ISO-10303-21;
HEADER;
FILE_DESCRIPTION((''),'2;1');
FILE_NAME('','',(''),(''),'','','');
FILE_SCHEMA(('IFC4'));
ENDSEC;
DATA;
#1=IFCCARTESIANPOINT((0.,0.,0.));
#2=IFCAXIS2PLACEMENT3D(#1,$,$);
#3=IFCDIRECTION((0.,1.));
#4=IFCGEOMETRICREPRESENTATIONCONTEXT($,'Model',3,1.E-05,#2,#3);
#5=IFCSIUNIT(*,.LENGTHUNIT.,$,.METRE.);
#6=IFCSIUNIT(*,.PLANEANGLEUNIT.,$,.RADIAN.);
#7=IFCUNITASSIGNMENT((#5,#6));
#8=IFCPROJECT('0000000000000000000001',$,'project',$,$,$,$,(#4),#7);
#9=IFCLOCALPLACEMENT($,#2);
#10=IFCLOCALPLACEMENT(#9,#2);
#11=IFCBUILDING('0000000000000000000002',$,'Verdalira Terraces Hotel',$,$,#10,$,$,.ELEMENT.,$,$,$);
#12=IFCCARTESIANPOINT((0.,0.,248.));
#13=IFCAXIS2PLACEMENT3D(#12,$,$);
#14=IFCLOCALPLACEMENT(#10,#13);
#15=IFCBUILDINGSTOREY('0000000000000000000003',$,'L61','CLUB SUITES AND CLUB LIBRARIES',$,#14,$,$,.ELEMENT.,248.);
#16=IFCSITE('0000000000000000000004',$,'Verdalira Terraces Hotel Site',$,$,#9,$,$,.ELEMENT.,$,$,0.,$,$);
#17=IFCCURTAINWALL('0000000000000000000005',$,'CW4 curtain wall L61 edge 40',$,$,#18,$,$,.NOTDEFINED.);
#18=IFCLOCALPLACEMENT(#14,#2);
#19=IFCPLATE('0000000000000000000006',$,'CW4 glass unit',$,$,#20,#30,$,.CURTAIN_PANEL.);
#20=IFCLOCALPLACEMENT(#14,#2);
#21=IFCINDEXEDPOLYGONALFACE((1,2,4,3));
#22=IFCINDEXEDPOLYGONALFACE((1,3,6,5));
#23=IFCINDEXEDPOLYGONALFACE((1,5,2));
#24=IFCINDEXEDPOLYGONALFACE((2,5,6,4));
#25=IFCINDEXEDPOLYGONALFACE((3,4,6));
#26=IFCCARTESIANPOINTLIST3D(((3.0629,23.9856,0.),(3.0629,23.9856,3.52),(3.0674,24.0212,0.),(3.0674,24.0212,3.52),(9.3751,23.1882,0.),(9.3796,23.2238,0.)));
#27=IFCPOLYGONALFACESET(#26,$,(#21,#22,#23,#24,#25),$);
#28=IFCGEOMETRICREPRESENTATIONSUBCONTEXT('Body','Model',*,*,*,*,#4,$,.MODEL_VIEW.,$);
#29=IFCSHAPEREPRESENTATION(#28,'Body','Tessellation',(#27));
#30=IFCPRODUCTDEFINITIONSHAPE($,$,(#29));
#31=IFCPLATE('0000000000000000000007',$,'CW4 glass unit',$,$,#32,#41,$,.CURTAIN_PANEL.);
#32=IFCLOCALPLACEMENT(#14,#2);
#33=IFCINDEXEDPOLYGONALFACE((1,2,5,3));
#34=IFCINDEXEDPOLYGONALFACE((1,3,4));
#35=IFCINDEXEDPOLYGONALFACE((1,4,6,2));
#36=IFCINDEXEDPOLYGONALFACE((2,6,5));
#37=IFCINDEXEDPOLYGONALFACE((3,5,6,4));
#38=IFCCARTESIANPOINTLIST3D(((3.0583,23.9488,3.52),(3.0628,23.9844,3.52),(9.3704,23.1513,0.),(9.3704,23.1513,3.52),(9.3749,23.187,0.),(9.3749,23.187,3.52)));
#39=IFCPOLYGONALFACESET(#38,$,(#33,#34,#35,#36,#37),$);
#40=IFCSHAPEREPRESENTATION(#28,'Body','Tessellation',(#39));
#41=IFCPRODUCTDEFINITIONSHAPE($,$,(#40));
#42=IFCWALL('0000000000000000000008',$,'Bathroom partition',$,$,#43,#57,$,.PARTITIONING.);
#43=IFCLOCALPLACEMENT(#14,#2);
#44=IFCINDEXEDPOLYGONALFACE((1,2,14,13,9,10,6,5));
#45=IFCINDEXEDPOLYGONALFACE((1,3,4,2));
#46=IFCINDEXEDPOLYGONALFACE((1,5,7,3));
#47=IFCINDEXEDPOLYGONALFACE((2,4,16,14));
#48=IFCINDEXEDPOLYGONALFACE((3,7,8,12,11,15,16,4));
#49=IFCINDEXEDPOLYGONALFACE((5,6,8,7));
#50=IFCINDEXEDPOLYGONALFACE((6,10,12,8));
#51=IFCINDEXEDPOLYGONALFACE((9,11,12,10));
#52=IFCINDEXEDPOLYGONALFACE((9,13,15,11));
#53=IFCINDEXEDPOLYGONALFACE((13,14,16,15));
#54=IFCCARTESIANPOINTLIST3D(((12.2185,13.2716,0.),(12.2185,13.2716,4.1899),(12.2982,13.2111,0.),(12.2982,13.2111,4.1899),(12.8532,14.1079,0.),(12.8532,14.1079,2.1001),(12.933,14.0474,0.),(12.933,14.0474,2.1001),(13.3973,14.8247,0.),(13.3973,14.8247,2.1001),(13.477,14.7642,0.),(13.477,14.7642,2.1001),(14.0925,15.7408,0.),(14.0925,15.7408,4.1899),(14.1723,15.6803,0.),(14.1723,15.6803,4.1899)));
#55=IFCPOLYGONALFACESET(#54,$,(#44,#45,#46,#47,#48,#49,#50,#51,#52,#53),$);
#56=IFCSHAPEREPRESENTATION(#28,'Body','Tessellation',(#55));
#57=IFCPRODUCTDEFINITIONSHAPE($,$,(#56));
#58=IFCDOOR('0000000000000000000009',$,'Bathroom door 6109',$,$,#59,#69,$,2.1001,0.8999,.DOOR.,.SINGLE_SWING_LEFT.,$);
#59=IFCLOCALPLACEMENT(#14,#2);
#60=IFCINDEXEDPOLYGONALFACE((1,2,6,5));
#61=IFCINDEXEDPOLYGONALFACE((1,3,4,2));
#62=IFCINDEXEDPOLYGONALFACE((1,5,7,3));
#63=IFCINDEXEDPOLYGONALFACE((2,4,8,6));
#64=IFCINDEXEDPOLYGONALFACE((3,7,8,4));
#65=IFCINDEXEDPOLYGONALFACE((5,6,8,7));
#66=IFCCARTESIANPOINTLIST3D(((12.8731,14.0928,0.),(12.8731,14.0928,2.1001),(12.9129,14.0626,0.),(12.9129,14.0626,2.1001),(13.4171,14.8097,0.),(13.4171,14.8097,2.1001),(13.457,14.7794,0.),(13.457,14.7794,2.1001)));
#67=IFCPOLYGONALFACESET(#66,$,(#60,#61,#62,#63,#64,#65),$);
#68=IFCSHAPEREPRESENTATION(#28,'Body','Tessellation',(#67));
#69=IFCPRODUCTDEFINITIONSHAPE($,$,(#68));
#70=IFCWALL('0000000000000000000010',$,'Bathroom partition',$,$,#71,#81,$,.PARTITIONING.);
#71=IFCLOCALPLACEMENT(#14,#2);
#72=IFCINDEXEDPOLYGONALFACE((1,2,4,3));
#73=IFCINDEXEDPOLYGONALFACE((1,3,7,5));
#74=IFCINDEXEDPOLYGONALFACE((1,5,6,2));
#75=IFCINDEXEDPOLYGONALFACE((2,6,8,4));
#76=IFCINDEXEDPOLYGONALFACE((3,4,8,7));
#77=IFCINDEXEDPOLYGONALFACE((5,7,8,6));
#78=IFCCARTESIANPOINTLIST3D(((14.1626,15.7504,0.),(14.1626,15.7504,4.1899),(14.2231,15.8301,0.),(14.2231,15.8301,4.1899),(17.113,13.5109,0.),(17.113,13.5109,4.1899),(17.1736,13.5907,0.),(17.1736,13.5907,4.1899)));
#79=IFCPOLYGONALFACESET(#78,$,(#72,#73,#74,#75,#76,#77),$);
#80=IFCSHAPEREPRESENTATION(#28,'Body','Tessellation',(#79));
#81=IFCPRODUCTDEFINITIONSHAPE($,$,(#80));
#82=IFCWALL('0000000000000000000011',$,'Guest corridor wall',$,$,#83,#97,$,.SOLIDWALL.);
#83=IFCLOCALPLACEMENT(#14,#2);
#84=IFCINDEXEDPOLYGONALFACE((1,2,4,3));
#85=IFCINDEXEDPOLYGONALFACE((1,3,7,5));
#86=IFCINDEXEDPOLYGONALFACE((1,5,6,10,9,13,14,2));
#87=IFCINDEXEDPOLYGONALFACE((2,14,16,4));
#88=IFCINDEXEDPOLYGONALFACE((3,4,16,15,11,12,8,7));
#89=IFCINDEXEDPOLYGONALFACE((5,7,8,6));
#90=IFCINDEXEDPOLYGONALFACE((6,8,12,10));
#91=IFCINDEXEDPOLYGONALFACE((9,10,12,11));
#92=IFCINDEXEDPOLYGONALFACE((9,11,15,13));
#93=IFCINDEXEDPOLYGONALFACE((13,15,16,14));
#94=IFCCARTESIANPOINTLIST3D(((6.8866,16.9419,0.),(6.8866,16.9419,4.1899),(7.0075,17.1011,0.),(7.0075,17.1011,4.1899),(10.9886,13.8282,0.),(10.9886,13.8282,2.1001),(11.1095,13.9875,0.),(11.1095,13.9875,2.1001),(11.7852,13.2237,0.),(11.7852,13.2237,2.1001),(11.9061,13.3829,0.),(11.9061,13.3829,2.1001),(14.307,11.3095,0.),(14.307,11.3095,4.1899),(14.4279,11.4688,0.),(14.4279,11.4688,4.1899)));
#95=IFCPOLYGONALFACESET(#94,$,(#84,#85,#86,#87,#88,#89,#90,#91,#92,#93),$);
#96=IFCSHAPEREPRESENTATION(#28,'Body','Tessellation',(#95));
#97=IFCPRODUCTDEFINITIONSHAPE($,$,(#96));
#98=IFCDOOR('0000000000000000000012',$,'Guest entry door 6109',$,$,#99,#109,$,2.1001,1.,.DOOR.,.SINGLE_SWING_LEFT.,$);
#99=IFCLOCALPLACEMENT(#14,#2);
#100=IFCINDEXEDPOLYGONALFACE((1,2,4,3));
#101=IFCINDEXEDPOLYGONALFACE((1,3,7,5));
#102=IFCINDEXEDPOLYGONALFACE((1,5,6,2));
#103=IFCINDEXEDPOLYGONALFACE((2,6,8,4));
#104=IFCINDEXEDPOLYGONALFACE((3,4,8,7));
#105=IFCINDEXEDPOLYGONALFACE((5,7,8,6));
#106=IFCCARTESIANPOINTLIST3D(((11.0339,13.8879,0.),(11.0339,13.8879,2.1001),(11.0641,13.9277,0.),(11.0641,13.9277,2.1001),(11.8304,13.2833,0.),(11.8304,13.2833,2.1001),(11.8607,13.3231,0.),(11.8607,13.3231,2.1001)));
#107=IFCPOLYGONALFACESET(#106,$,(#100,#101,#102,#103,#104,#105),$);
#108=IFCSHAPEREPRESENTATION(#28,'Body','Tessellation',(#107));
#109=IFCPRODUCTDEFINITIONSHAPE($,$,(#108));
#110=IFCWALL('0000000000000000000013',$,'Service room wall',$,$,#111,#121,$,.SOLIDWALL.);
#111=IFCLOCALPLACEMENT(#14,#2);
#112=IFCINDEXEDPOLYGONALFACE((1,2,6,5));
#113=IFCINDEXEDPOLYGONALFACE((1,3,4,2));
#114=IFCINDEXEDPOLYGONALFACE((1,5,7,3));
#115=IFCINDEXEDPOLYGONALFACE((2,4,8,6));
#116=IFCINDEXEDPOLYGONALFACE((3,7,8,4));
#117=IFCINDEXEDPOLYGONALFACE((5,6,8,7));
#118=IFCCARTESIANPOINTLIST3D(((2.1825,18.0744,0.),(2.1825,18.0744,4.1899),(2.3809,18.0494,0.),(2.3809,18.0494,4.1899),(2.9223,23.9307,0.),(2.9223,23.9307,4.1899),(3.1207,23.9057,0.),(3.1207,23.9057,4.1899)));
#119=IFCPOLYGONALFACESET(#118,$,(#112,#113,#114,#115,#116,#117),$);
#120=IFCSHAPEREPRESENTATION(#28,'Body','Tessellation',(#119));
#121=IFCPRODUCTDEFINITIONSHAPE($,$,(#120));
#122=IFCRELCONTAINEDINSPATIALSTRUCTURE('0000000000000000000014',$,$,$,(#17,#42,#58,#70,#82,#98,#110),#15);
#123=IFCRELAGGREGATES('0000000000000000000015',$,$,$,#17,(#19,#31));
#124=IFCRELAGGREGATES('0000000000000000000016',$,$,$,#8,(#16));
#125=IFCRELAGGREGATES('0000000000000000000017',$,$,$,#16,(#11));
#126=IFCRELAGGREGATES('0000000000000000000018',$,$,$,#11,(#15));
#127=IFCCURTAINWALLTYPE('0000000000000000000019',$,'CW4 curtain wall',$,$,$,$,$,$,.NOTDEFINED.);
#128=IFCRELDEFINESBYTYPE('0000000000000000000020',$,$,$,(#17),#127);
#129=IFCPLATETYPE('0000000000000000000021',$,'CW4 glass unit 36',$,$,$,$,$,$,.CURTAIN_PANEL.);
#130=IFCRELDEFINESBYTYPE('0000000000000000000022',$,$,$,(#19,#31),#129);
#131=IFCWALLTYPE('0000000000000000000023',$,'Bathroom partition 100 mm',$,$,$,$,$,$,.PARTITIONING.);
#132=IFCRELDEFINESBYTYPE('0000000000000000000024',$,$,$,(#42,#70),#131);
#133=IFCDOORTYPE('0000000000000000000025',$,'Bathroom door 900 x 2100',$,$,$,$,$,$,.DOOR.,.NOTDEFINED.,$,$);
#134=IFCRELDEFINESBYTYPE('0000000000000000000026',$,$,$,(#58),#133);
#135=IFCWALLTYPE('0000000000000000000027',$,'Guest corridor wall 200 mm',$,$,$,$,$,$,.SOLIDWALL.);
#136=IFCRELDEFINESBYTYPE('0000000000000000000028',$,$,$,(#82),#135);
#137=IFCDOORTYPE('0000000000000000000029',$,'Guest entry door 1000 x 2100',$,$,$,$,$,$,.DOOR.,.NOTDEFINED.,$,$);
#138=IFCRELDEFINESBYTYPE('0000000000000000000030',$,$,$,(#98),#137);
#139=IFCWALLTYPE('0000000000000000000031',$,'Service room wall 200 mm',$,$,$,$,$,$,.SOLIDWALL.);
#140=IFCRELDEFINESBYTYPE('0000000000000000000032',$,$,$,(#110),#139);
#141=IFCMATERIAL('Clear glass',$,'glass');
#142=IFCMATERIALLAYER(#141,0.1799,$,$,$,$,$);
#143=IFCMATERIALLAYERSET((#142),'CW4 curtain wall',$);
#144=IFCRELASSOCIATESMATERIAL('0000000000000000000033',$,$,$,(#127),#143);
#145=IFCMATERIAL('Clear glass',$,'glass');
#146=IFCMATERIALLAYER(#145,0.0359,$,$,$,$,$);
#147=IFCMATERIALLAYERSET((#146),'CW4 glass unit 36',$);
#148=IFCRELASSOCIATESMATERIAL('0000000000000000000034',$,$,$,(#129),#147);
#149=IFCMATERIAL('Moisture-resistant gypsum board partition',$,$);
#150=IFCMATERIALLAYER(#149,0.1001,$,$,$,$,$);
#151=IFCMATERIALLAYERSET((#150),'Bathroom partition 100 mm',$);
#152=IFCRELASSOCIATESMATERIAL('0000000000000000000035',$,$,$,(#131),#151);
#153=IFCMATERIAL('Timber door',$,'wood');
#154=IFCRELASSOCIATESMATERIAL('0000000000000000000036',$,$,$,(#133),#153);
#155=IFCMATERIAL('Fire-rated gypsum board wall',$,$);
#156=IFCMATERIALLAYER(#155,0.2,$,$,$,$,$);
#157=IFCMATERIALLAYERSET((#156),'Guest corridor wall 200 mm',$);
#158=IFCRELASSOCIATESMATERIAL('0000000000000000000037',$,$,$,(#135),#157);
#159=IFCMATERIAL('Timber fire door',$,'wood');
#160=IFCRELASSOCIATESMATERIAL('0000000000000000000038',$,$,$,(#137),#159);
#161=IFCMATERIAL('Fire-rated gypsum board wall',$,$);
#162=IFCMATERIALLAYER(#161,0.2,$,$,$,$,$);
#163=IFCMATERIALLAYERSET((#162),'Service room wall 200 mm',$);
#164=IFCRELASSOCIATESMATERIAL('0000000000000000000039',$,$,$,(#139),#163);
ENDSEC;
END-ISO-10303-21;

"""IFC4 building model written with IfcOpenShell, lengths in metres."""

from ifc_helpers import new_model, si_unit, direction, frame, frame_2d, origin, place, context, subcontext, project, spatial, polyline, rectangle, outline, extrude, material, layer, layer_set, type_object, element, fill, aggregate, save


model = new_model("IFC4")

# Units and contexts
model_context = context("Model", 3, precision=1e-05, world=origin(), true_north=direction((0.0, 1.0)))
body_context = subcontext(model_context, "Body", "Model", "MODEL_VIEW")
ifc_project = project(units=[si_unit("LENGTHUNIT", "METRE"), si_unit("PLANEANGLEUNIT", "RADIAN")], contexts=[model_context])

# Site, building, storey
site_placement = place(None, origin())
site = spatial("IfcSite", under=ifc_project, at=site_placement, Name="Verdalira Terraces Hotel Site", CompositionType="ELEMENT", RefElevation=0.0)
building_placement = place(site_placement, origin())
building = spatial("IfcBuilding", under=site, at=building_placement, Name="Verdalira Terraces Hotel", CompositionType="ELEMENT")
storey_placement = place(building_placement, frame((0.0, 0.0, 248.0)))
storey = spatial("IfcBuildingStorey", under=building, at=storey_placement, Name="L61", Description="CLUB SUITES AND CLUB LIBRARIES", CompositionType="ELEMENT", Elevation=248.0)

# Curtain wall
ifc_material_1 = material(Name="Clear glass", Category="glass")
ifc_layer_1 = layer(ifc_material_1, 0.1799)
ifc_layer_set_1 = layer_set([ifc_layer_1], Name="CW4 curtain wall")
curtain_wall_type = type_object("IfcCurtainWallType", Name="CW4 curtain wall", PredefinedType="NOTDEFINED", material=ifc_layer_set_1)
curtain_wall_1_placement = place(storey_placement, origin())
curtain_wall_1 = element("IfcCurtainWall", 1, at=curtain_wall_1_placement, inside=storey, type_object=curtain_wall_type, Name="CW4 curtain wall L61 edge 40", PredefinedType="NOTDEFINED")

# Plates
ifc_material_2 = material(Name="Clear glass", Category="glass")
ifc_layer_2 = layer(ifc_material_2, 0.0359)
ifc_layer_set_2 = layer_set([ifc_layer_2], Name="CW4 glass unit 36")
plate_type = type_object("IfcPlateType", Name="CW4 glass unit 36", PredefinedType="CURTAIN_PANEL", material=ifc_layer_set_2)
plate_1_placement = place(storey_placement, frame((6.219, 23.5869, 1.76), z_axis=(0.125333, 0.992115, 0.0), x_axis=(-0.992115, 0.125333, 0.0)))
plate_1 = element("IfcPlate", 2, at=plate_1_placement, type_object=plate_type, Name="CW4 glass unit", PredefinedType="CURTAIN_PANEL", context=body_context, shape_type="SweptSolid", body=[
    extrude(outline(polyline([(-3.1812, -1.76), (3.1812, -1.76), (3.1812, 1.76), (-3.1812, -1.76)])), origin(), (0.0, 0.0, 1.0), 0.0359),
])
plate_2_placement = place(storey_placement, frame((6.2144, 23.55, 1.76), z_axis=(0.125333, 0.992115, 0.0), x_axis=(-0.992115, 0.125333, 0.0)))
plate_2 = element("IfcPlate", 3, at=plate_2_placement, type_object=plate_type, Name="CW4 glass unit", PredefinedType="CURTAIN_PANEL", context=body_context, shape_type="SweptSolid", body=[
    extrude(outline(polyline([(-3.1812, -1.76), (3.1812, 1.76), (-3.1812, 1.76), (-3.1812, -1.76)])), origin(), (0.0, 0.0, 1.0), 0.0359),
])
aggregate(curtain_wall_1, [plate_1, plate_2])

# Wall, opening, door
ifc_material_3 = material(Name="Moisture-resistant gypsum board partition")
ifc_layer_3 = layer(ifc_material_3, 0.1001)
ifc_layer_set_3 = layer_set([ifc_layer_3], Name="Bathroom partition 100 mm")
wall_type_1 = type_object("IfcWallType", Name="Bathroom partition 100 mm", PredefinedType="PARTITIONING", material=ifc_layer_set_3)
wall_1_placement = place(storey_placement, frame((14.1323, 15.7104, 0.0), z_axis=(0.0, 0.0, 1.0), x_axis=(-0.604552, -0.796566, 0.0)))
wall_1 = element("IfcWall", 4, at=wall_1_placement, inside=storey, type_object=wall_type_1, Name="Bathroom partition", PredefinedType="PARTITIONING", context=body_context, shape_type="SweptSolid", body=[
    extrude(rectangle(XDim=3.0999, YDim=0.1001, at=frame_2d((1.5498, 0.0))), origin(), (0.0, 0.0, 1.0), 4.1899),
])
opening_1_placement = place(wall_1_placement, frame((1.1499, 0.0, 0.0)))
opening_1 = element("IfcOpeningElement", 5, at=opening_1_placement, cuts=wall_1, PredefinedType="OPENING", context=body_context, shape_type="SweptSolid", body=[
    extrude(rectangle(XDim=0.8999, YDim=2.1001, at=frame_2d((0.45, 1.05))), frame((0.0, 0.0601, 0.0), z_axis=(0.0, -1.0, 0.0), x_axis=(1.0, 0.0, 0.0)), (0.0, 0.0, 1.0), 0.1201),
])
ifc_material_4 = material(Name="Timber door", Category="wood")
door_type_1 = type_object("IfcDoorType", Name="Bathroom door 900 x 2100", OperationType="NOTDEFINED", PredefinedType="DOOR", material=ifc_material_4)
door_1_placement = place(opening_1_placement, origin())
door_1 = element("IfcDoor", 6, at=door_1_placement, inside=storey, type_object=door_type_1, Name="Bathroom door 6109", OperationType="SINGLE_SWING_LEFT", OverallHeight=2.1001, OverallWidth=0.8999, PredefinedType="DOOR", context=body_context, shape_type="SweptSolid", body=[
    extrude(rectangle(XDim=0.8999, YDim=2.1001, at=frame_2d((0.45, 1.05))), frame((0.0, 0.0249, 0.0), z_axis=(0.0, -1.0, 0.0), x_axis=(1.0, 0.0, 0.0)), (0.0, 0.0, 1.0), 0.05),
])
fill(opening_1, door_1)

# Wall
wall_2_placement = place(storey_placement, frame((14.1929, 15.7903, 0.0), z_axis=(0.0, 0.0, 1.0), x_axis=(0.79653, -0.604599, 0.0)))
element("IfcWall", 7, at=wall_2_placement, inside=storey, type_object=wall_type_1, Name="Bathroom partition", PredefinedType="PARTITIONING", context=body_context, shape_type="SweptSolid", body=[
    extrude(rectangle(XDim=3.7041, YDim=0.1001, at=frame_2d((1.8521, 0.0))), origin(), (0.0, 0.0, 1.0), 4.1899),
])

# Wall, opening, door
ifc_material_5 = material(Name="Fire-rated gypsum board wall")
ifc_layer_4 = layer(ifc_material_5, 0.2)
ifc_layer_set_4 = layer_set([ifc_layer_4], Name="Guest corridor wall 200 mm")
wall_type_2 = type_object("IfcWallType", Name="Guest corridor wall 200 mm", PredefinedType="SOLIDWALL", material=ifc_layer_set_4)
wall_3_placement = place(storey_placement, frame((6.947, 17.0215, 0.0), z_axis=(0.0, 0.0, 1.0), x_axis=(0.796534, -0.604594, 0.0)))
wall_3 = element("IfcWall", 8, at=wall_3_placement, inside=storey, type_object=wall_type_2, Name="Guest corridor wall", PredefinedType="SOLIDWALL", context=body_context, shape_type="SweptSolid", body=[
    extrude(rectangle(XDim=9.3159, YDim=0.2, at=frame_2d((4.658, 0.0))), origin(), (0.0, 0.0, 1.0), 4.1899),
])
opening_2_placement = place(wall_3_placement, frame((5.1499, 0.0, 0.0)))
opening_2 = element("IfcOpeningElement", 9, at=opening_2_placement, cuts=wall_3, PredefinedType="OPENING", context=body_context, shape_type="SweptSolid", body=[
    extrude(rectangle(XDim=1.0, YDim=2.1001, at=frame_2d((0.5, 1.05))), frame((0.0, 0.1099, 0.0), z_axis=(0.0, -1.0, 0.0), x_axis=(1.0, 0.0, 0.0)), (0.0, 0.0, 1.0), 0.22),
])
ifc_material_6 = material(Name="Timber fire door", Category="wood")
door_type_2 = type_object("IfcDoorType", Name="Guest entry door 1000 x 2100", OperationType="NOTDEFINED", PredefinedType="DOOR", material=ifc_material_6)
door_2_placement = place(opening_2_placement, origin())
door_2 = element("IfcDoor", 10, at=door_2_placement, inside=storey, type_object=door_type_2, Name="Guest entry door 6109", OperationType="SINGLE_SWING_LEFT", OverallHeight=2.1001, OverallWidth=1.0, PredefinedType="DOOR", context=body_context, shape_type="SweptSolid", body=[
    extrude(rectangle(XDim=1.0, YDim=2.1001, at=frame_2d((0.5, 1.05))), frame((0.0, 0.0249, 0.0), z_axis=(0.0, -1.0, 0.0), x_axis=(1.0, 0.0, 0.0)), (0.0, 0.0, 1.0), 0.05),
])
fill(opening_2, door_2)

# Wall
ifc_material_7 = material(Name="Fire-rated gypsum board wall")
ifc_layer_5 = layer(ifc_material_7, 0.2)
ifc_layer_set_5 = layer_set([ifc_layer_5], Name="Service room wall 200 mm")
wall_type_3 = type_object("IfcWallType", Name="Service room wall 200 mm", PredefinedType="SOLIDWALL", material=ifc_layer_set_5)
wall_4_placement = place(storey_placement, frame((3.0215, 23.9182, 0.0), z_axis=(0.0, 0.0, 1.0), x_axis=(-0.125323, -0.992116, 0.0)))
element("IfcWall", 11, at=wall_4_placement, inside=storey, type_object=wall_type_3, Name="Service room wall", PredefinedType="SOLIDWALL", context=body_context, shape_type="SweptSolid", body=[
    extrude(rectangle(XDim=5.9028, YDim=0.2, at=frame_2d((2.9514, 0.0))), origin(), (0.0, 0.0, 1.0), 4.1899),
])

save(model, "model.ifc")
